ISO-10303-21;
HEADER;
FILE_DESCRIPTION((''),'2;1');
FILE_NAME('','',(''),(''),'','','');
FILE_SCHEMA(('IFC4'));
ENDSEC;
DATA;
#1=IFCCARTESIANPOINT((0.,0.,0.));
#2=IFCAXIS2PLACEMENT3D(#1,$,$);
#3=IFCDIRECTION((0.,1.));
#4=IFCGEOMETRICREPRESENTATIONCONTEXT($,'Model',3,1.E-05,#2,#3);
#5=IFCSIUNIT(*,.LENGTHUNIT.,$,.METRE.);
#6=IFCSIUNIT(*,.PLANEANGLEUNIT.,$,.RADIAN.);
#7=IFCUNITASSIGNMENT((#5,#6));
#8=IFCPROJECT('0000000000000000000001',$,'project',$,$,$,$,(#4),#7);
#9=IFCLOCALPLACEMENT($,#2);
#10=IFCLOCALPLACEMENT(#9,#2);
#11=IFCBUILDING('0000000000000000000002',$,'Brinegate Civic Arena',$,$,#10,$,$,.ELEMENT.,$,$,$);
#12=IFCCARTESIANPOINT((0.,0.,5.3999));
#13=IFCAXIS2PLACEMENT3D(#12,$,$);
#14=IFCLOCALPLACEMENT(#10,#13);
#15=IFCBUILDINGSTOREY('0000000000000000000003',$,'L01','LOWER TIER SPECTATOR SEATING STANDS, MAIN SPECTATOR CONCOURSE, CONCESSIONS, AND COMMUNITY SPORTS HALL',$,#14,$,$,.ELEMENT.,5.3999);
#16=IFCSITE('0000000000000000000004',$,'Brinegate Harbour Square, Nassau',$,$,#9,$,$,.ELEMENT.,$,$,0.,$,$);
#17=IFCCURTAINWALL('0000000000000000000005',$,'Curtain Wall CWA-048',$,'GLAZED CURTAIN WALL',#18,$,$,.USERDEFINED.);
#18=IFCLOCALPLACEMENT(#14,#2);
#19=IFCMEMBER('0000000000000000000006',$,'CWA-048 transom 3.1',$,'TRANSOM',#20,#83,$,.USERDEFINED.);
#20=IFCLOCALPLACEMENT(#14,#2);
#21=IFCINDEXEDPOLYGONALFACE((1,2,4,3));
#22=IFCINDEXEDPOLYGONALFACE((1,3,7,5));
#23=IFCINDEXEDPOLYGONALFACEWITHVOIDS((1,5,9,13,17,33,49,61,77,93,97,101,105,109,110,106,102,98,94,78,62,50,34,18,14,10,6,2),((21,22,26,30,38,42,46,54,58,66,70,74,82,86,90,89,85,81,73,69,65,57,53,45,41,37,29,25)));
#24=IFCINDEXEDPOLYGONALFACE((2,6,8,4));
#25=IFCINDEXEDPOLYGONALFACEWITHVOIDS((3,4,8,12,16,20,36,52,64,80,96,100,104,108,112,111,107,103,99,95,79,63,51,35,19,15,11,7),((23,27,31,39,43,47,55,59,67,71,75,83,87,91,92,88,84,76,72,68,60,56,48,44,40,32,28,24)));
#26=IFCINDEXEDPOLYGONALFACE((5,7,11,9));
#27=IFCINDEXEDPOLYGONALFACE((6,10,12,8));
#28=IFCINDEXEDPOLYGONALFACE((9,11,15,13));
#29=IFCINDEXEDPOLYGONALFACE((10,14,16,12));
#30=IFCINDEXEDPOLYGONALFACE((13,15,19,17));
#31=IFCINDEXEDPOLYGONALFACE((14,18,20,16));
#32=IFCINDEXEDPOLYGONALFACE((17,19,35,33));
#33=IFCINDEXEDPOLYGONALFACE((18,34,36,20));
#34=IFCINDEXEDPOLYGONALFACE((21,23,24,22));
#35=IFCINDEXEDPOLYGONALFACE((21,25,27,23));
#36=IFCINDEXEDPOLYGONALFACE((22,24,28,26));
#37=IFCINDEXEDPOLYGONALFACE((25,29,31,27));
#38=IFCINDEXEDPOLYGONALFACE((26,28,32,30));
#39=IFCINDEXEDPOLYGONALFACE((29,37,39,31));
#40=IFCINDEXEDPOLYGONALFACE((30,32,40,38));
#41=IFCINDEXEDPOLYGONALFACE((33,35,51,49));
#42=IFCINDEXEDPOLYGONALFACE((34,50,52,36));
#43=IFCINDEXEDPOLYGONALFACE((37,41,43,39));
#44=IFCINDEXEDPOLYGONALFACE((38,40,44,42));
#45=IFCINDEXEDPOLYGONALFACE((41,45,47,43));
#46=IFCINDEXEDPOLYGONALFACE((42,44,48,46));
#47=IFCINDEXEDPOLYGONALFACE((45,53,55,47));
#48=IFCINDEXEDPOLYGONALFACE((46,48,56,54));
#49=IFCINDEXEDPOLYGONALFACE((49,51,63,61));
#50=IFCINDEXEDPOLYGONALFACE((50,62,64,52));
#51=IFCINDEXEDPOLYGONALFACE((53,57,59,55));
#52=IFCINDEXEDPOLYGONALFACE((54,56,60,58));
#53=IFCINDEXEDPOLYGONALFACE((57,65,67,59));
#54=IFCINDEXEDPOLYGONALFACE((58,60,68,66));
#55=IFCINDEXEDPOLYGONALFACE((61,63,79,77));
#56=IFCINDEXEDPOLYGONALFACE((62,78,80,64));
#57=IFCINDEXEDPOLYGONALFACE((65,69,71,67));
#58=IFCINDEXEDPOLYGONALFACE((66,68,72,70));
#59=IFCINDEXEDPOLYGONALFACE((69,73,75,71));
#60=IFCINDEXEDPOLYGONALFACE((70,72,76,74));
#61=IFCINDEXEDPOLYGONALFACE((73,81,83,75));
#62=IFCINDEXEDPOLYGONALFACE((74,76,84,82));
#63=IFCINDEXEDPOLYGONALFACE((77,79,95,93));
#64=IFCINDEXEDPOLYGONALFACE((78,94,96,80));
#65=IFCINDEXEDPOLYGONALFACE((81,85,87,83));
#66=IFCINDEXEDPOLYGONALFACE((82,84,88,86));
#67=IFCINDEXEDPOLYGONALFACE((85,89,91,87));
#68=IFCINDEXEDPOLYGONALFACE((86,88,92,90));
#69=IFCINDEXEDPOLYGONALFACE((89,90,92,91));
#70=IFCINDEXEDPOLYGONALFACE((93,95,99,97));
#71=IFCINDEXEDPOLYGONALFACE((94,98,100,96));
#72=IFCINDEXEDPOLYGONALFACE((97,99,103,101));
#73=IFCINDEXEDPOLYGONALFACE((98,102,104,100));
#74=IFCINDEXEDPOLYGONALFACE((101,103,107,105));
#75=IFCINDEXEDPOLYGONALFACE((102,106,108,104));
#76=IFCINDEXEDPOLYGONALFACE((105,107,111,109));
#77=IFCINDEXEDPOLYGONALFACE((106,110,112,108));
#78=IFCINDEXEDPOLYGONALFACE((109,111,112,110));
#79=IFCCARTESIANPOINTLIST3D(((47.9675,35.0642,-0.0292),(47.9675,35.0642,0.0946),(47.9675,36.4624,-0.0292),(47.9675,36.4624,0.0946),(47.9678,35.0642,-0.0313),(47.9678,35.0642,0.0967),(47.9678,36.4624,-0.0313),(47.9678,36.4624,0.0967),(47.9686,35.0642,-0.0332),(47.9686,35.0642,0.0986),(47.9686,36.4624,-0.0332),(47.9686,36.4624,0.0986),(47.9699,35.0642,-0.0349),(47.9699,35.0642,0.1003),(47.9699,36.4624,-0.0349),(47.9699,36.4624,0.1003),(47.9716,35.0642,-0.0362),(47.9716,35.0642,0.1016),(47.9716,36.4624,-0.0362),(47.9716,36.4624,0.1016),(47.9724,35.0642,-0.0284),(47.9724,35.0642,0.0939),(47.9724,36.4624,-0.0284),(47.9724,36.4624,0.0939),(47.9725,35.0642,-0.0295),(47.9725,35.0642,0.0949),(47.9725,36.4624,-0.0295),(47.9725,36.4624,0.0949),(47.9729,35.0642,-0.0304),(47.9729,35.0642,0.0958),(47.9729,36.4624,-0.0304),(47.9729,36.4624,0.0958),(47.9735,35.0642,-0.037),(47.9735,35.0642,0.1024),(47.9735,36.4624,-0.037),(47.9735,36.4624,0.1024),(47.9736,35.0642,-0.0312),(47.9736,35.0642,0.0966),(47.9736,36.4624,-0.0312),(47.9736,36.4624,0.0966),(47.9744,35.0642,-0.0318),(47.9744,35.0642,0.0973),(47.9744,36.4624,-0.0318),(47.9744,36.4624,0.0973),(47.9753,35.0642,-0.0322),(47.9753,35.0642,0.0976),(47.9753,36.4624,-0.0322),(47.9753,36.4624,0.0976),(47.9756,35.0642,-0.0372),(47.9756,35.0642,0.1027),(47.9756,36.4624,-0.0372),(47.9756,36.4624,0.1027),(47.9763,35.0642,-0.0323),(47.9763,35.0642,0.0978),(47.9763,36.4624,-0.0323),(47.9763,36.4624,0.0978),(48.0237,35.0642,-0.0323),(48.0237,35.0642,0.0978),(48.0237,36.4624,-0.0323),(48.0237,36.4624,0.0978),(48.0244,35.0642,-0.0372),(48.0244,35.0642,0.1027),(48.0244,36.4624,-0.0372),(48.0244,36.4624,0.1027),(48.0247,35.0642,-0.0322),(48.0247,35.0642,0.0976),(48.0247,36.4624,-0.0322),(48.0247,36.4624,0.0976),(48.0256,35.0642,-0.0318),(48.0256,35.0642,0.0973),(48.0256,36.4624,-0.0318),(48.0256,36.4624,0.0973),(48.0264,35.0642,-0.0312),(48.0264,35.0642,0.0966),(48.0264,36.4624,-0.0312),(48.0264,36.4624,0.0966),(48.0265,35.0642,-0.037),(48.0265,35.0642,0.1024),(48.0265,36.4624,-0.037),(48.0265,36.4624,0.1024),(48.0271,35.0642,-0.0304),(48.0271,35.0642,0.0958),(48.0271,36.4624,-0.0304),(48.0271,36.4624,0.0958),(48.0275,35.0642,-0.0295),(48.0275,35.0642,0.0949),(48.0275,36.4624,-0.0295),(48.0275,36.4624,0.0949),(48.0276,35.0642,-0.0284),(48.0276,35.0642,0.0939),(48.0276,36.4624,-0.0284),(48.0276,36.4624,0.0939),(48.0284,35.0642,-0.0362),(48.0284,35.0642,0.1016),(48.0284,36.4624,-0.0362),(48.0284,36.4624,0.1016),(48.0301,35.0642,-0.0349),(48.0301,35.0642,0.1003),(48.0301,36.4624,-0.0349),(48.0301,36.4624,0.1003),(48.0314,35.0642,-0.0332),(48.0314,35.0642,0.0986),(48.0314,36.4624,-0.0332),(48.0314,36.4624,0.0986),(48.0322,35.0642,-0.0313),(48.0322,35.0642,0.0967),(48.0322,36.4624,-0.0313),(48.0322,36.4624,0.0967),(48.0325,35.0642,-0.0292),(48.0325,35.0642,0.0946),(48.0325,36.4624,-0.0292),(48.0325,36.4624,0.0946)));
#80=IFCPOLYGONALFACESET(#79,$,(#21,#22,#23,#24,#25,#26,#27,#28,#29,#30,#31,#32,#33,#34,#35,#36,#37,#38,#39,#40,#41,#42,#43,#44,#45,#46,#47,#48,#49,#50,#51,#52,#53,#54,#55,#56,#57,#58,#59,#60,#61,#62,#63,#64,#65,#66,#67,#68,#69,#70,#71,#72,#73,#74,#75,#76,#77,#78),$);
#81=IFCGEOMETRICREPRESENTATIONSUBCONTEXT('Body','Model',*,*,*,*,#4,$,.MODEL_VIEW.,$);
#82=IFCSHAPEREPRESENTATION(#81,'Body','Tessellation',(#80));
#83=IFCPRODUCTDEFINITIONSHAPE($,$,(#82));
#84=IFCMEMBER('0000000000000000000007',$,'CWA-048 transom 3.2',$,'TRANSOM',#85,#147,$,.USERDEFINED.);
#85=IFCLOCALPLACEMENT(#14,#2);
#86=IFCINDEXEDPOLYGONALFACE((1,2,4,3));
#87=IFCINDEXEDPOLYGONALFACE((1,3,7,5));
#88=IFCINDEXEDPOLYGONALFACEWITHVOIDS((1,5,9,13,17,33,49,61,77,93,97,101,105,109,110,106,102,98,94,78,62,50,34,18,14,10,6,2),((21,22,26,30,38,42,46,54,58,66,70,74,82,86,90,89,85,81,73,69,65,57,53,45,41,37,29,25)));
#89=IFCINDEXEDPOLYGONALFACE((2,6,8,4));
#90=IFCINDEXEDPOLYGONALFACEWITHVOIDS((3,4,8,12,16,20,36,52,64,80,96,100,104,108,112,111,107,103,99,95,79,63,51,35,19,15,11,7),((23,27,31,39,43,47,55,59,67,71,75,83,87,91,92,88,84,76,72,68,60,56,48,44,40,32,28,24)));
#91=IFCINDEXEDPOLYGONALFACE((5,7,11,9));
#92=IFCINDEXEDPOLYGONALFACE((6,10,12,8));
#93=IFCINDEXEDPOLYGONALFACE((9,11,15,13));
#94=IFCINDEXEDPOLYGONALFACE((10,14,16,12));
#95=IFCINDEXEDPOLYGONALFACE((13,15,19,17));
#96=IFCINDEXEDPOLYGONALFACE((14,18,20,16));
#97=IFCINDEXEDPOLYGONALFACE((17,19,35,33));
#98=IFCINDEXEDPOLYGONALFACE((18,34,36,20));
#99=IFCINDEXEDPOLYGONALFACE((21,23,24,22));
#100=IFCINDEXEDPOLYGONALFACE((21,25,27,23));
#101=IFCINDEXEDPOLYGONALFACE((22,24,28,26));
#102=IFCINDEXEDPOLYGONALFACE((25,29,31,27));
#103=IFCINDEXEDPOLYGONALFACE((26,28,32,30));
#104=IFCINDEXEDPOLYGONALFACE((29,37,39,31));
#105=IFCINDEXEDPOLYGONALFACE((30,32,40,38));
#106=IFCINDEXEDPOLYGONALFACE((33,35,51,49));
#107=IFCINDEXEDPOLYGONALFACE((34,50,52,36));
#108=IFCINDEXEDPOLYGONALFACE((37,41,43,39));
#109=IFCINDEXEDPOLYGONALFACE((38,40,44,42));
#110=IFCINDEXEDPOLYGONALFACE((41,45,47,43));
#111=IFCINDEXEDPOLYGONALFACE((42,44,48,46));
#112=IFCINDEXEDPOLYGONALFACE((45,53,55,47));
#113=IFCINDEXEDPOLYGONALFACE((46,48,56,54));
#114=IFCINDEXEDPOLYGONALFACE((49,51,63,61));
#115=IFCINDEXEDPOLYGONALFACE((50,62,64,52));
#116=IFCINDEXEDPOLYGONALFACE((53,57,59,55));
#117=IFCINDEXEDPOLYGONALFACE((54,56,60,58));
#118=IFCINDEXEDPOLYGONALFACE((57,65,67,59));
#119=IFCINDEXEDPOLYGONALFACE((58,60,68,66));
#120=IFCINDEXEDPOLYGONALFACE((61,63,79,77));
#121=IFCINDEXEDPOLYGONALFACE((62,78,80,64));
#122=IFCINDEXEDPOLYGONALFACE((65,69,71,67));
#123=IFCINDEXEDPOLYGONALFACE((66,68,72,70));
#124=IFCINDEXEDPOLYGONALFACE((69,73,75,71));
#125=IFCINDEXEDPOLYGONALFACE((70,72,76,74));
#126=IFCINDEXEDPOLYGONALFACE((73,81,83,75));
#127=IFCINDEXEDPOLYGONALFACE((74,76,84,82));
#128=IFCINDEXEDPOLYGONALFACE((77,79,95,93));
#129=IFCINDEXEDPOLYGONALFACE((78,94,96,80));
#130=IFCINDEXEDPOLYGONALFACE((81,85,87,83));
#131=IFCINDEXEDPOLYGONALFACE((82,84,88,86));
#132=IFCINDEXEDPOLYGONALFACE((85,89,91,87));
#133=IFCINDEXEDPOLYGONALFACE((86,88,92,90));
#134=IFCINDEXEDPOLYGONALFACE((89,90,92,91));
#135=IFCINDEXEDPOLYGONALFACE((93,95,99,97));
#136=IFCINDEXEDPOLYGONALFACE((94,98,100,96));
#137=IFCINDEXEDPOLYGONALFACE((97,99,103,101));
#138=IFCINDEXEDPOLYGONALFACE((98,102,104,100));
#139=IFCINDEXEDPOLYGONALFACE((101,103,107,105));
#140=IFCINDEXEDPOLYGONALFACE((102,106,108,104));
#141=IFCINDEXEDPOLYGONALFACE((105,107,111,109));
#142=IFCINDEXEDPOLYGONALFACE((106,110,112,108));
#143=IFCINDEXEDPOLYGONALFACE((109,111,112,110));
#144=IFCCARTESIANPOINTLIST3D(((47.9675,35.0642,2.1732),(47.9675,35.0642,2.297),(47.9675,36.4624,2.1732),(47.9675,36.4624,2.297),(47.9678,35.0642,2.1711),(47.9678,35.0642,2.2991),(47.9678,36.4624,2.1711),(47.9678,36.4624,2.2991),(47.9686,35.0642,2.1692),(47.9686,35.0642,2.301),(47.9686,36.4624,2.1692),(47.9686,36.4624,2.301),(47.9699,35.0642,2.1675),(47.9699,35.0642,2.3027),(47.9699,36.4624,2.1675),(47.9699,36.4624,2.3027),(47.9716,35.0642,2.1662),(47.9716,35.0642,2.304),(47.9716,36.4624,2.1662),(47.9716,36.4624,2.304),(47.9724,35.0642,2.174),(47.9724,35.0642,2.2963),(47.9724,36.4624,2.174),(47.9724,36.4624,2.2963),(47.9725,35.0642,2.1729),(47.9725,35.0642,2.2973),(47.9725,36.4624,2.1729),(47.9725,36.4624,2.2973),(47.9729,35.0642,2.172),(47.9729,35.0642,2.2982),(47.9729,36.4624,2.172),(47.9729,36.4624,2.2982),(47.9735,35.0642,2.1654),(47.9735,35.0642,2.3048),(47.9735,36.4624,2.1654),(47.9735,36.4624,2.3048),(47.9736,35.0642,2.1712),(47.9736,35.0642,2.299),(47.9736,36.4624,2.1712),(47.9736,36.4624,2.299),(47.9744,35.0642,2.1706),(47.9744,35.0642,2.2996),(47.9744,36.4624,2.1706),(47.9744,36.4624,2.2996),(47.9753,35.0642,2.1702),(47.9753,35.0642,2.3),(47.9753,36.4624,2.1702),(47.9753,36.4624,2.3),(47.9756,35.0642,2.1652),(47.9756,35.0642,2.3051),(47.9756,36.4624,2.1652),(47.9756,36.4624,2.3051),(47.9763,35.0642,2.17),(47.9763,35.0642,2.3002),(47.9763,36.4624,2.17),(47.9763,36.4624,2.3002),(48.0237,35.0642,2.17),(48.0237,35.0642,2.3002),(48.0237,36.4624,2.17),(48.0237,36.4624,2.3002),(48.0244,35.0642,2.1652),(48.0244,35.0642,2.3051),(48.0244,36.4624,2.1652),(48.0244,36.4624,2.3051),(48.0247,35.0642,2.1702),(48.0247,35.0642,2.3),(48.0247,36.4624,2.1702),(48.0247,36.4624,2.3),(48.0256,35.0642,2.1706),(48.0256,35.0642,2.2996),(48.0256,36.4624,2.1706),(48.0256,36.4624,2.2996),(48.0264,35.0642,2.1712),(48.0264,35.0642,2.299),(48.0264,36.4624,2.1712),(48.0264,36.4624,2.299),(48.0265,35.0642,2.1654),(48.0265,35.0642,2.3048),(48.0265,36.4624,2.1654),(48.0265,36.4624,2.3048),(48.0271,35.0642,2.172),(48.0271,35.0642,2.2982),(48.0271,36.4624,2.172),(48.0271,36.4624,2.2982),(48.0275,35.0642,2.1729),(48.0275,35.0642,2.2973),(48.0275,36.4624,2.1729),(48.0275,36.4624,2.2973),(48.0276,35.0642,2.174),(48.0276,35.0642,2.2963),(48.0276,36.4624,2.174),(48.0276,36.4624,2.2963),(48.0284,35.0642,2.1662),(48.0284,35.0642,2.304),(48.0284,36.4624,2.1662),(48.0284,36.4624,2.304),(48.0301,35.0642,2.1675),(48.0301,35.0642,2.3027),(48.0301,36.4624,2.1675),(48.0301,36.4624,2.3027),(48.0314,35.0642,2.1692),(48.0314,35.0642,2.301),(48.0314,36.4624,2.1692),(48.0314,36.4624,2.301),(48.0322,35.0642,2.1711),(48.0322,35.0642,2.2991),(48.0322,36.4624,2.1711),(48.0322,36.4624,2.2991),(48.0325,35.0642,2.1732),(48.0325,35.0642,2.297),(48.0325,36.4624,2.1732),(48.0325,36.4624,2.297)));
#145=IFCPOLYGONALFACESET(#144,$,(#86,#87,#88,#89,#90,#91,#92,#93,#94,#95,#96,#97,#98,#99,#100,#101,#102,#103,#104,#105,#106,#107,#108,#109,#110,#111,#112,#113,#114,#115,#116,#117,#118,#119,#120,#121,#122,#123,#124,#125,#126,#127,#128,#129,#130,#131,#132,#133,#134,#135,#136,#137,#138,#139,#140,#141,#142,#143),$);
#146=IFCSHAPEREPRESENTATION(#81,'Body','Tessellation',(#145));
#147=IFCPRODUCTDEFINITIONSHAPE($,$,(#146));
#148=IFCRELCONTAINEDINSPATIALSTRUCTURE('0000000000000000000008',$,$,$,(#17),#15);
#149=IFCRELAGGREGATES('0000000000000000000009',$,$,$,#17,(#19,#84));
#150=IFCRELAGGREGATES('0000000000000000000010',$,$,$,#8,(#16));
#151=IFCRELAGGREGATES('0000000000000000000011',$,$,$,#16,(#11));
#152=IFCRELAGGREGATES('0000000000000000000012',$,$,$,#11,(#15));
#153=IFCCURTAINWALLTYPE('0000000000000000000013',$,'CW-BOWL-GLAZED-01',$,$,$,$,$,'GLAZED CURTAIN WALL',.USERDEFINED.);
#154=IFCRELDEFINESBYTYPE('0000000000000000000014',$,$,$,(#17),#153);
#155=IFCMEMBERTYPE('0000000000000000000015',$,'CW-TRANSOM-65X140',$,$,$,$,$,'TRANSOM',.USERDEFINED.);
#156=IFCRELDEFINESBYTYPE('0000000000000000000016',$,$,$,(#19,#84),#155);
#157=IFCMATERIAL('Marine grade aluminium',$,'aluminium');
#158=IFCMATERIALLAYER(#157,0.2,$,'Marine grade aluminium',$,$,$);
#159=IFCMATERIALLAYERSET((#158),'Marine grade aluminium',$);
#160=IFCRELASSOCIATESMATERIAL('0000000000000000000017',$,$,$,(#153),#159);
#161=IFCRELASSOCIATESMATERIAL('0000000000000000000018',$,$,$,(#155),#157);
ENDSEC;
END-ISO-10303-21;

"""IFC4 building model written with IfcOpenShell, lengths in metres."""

from ifc_helpers import new_model, si_unit, direction, frame, origin, origin_2d, place, context, subcontext, project, spatial, hollow_rectangle, extrude, material, layer, layer_set, material_profile, profile_set, type_object, element, aggregate, save


model = new_model("IFC4")

# Units and contexts
model_context = context("Model", 3, precision=1e-05, world=origin(), true_north=direction((0.0, 1.0)))
body_context = subcontext(model_context, "Body", "Model", "MODEL_VIEW")
ifc_project = project(units=[si_unit("LENGTHUNIT", "METRE"), si_unit("PLANEANGLEUNIT", "RADIAN")], contexts=[model_context])

# Site, building, storey
site_placement = place(None, origin())
site = spatial("IfcSite", under=ifc_project, at=site_placement, Name="Brinegate Harbour Square, Nassau", CompositionType="ELEMENT", RefElevation=0.0)
building_placement = place(site_placement, origin())
building = spatial("IfcBuilding", under=site, at=building_placement, Name="Brinegate Civic Arena", CompositionType="ELEMENT")
storey_placement = place(building_placement, frame((0.0, 0.0, 5.3999)))
storey = spatial("IfcBuildingStorey", under=building, at=storey_placement, Name="L01", Description="LOWER TIER SPECTATOR SEATING STANDS, MAIN SPECTATOR CONCOURSE, CONCESSIONS, AND COMMUNITY SPORTS HALL", CompositionType="ELEMENT", Elevation=5.3999)

# Curtain wall, members
ifc_material_1 = material(Name="Marine grade aluminium", Category="aluminium")
ifc_layer_1 = layer(ifc_material_1, 0.2, Name="Marine grade aluminium")
ifc_layer_set_1 = layer_set([ifc_layer_1], Name="Marine grade aluminium")
curtain_wall_type = type_object("IfcCurtainWallType", Name="CW-BOWL-GLAZED-01", ElementType="GLAZED CURTAIN WALL", PredefinedType="USERDEFINED", material=ifc_layer_set_1)
curtain_wall_placement = place(storey_placement, origin())
curtain_wall = element("IfcCurtainWall", 1, at=curtain_wall_placement, inside=storey, type_object=curtain_wall_type, Name="Curtain Wall CWA-048", ObjectType="GLAZED CURTAIN WALL", PredefinedType="USERDEFINED")
ifc_material_profile_1 = material_profile(ifc_material_1, hollow_rectangle(XDim=0.0649, YDim=0.1399, WallThickness=0.0049, InnerFilletRadius=0.0039, OuterFilletRadius=0.0081, at=origin_2d()), Name="TRN65X140")
ifc_profile_set_1 = profile_set([ifc_material_profile_1], Name="Marine grade aluminium")
member_type_1 = type_object("IfcMemberType", Name="CW-TRANSOM-65X140", ElementType="TRANSOM", PredefinedType="USERDEFINED", material=ifc_profile_set_1)
member_1_placement = place(storey_placement, frame((48.0, 35.0642, 0.0327), z_axis=(0.0, 1.0, 0.0), x_axis=(-1.0, 0.0, 0.0)))
member_1 = element("IfcMember", 2, at=member_1_placement, type_object=member_type_1, Name="CWA-048 transom 3.1", ObjectType="TRANSOM", PredefinedType="USERDEFINED", context=body_context, shape_type="SweptSolid", body=[
    extrude(hollow_rectangle(XDim=0.0649, YDim=0.1399, WallThickness=0.0049, InnerFilletRadius=0.0039, OuterFilletRadius=0.0081, at=origin_2d()), origin(), (0.0, 0.0, 1.0), 1.3982),
])
member_2_placement = place(storey_placement, frame((48.0, 35.0642, 2.2351), z_axis=(0.0, 1.0, 0.0), x_axis=(-1.0, 0.0, 0.0)))
member_2 = element("IfcMember", 3, at=member_2_placement, type_object=member_type_1, Name="CWA-048 transom 3.2", ObjectType="TRANSOM", PredefinedType="USERDEFINED", context=body_context, shape_type="SweptSolid", body=[
    extrude(hollow_rectangle(XDim=0.0649, YDim=0.1399, WallThickness=0.0049, InnerFilletRadius=0.0039, OuterFilletRadius=0.0081, at=origin_2d()), origin(), (0.0, 0.0, 1.0), 1.3982),
])
aggregate(curtain_wall, [member_1, member_2])

save(model, "model.ifc")
